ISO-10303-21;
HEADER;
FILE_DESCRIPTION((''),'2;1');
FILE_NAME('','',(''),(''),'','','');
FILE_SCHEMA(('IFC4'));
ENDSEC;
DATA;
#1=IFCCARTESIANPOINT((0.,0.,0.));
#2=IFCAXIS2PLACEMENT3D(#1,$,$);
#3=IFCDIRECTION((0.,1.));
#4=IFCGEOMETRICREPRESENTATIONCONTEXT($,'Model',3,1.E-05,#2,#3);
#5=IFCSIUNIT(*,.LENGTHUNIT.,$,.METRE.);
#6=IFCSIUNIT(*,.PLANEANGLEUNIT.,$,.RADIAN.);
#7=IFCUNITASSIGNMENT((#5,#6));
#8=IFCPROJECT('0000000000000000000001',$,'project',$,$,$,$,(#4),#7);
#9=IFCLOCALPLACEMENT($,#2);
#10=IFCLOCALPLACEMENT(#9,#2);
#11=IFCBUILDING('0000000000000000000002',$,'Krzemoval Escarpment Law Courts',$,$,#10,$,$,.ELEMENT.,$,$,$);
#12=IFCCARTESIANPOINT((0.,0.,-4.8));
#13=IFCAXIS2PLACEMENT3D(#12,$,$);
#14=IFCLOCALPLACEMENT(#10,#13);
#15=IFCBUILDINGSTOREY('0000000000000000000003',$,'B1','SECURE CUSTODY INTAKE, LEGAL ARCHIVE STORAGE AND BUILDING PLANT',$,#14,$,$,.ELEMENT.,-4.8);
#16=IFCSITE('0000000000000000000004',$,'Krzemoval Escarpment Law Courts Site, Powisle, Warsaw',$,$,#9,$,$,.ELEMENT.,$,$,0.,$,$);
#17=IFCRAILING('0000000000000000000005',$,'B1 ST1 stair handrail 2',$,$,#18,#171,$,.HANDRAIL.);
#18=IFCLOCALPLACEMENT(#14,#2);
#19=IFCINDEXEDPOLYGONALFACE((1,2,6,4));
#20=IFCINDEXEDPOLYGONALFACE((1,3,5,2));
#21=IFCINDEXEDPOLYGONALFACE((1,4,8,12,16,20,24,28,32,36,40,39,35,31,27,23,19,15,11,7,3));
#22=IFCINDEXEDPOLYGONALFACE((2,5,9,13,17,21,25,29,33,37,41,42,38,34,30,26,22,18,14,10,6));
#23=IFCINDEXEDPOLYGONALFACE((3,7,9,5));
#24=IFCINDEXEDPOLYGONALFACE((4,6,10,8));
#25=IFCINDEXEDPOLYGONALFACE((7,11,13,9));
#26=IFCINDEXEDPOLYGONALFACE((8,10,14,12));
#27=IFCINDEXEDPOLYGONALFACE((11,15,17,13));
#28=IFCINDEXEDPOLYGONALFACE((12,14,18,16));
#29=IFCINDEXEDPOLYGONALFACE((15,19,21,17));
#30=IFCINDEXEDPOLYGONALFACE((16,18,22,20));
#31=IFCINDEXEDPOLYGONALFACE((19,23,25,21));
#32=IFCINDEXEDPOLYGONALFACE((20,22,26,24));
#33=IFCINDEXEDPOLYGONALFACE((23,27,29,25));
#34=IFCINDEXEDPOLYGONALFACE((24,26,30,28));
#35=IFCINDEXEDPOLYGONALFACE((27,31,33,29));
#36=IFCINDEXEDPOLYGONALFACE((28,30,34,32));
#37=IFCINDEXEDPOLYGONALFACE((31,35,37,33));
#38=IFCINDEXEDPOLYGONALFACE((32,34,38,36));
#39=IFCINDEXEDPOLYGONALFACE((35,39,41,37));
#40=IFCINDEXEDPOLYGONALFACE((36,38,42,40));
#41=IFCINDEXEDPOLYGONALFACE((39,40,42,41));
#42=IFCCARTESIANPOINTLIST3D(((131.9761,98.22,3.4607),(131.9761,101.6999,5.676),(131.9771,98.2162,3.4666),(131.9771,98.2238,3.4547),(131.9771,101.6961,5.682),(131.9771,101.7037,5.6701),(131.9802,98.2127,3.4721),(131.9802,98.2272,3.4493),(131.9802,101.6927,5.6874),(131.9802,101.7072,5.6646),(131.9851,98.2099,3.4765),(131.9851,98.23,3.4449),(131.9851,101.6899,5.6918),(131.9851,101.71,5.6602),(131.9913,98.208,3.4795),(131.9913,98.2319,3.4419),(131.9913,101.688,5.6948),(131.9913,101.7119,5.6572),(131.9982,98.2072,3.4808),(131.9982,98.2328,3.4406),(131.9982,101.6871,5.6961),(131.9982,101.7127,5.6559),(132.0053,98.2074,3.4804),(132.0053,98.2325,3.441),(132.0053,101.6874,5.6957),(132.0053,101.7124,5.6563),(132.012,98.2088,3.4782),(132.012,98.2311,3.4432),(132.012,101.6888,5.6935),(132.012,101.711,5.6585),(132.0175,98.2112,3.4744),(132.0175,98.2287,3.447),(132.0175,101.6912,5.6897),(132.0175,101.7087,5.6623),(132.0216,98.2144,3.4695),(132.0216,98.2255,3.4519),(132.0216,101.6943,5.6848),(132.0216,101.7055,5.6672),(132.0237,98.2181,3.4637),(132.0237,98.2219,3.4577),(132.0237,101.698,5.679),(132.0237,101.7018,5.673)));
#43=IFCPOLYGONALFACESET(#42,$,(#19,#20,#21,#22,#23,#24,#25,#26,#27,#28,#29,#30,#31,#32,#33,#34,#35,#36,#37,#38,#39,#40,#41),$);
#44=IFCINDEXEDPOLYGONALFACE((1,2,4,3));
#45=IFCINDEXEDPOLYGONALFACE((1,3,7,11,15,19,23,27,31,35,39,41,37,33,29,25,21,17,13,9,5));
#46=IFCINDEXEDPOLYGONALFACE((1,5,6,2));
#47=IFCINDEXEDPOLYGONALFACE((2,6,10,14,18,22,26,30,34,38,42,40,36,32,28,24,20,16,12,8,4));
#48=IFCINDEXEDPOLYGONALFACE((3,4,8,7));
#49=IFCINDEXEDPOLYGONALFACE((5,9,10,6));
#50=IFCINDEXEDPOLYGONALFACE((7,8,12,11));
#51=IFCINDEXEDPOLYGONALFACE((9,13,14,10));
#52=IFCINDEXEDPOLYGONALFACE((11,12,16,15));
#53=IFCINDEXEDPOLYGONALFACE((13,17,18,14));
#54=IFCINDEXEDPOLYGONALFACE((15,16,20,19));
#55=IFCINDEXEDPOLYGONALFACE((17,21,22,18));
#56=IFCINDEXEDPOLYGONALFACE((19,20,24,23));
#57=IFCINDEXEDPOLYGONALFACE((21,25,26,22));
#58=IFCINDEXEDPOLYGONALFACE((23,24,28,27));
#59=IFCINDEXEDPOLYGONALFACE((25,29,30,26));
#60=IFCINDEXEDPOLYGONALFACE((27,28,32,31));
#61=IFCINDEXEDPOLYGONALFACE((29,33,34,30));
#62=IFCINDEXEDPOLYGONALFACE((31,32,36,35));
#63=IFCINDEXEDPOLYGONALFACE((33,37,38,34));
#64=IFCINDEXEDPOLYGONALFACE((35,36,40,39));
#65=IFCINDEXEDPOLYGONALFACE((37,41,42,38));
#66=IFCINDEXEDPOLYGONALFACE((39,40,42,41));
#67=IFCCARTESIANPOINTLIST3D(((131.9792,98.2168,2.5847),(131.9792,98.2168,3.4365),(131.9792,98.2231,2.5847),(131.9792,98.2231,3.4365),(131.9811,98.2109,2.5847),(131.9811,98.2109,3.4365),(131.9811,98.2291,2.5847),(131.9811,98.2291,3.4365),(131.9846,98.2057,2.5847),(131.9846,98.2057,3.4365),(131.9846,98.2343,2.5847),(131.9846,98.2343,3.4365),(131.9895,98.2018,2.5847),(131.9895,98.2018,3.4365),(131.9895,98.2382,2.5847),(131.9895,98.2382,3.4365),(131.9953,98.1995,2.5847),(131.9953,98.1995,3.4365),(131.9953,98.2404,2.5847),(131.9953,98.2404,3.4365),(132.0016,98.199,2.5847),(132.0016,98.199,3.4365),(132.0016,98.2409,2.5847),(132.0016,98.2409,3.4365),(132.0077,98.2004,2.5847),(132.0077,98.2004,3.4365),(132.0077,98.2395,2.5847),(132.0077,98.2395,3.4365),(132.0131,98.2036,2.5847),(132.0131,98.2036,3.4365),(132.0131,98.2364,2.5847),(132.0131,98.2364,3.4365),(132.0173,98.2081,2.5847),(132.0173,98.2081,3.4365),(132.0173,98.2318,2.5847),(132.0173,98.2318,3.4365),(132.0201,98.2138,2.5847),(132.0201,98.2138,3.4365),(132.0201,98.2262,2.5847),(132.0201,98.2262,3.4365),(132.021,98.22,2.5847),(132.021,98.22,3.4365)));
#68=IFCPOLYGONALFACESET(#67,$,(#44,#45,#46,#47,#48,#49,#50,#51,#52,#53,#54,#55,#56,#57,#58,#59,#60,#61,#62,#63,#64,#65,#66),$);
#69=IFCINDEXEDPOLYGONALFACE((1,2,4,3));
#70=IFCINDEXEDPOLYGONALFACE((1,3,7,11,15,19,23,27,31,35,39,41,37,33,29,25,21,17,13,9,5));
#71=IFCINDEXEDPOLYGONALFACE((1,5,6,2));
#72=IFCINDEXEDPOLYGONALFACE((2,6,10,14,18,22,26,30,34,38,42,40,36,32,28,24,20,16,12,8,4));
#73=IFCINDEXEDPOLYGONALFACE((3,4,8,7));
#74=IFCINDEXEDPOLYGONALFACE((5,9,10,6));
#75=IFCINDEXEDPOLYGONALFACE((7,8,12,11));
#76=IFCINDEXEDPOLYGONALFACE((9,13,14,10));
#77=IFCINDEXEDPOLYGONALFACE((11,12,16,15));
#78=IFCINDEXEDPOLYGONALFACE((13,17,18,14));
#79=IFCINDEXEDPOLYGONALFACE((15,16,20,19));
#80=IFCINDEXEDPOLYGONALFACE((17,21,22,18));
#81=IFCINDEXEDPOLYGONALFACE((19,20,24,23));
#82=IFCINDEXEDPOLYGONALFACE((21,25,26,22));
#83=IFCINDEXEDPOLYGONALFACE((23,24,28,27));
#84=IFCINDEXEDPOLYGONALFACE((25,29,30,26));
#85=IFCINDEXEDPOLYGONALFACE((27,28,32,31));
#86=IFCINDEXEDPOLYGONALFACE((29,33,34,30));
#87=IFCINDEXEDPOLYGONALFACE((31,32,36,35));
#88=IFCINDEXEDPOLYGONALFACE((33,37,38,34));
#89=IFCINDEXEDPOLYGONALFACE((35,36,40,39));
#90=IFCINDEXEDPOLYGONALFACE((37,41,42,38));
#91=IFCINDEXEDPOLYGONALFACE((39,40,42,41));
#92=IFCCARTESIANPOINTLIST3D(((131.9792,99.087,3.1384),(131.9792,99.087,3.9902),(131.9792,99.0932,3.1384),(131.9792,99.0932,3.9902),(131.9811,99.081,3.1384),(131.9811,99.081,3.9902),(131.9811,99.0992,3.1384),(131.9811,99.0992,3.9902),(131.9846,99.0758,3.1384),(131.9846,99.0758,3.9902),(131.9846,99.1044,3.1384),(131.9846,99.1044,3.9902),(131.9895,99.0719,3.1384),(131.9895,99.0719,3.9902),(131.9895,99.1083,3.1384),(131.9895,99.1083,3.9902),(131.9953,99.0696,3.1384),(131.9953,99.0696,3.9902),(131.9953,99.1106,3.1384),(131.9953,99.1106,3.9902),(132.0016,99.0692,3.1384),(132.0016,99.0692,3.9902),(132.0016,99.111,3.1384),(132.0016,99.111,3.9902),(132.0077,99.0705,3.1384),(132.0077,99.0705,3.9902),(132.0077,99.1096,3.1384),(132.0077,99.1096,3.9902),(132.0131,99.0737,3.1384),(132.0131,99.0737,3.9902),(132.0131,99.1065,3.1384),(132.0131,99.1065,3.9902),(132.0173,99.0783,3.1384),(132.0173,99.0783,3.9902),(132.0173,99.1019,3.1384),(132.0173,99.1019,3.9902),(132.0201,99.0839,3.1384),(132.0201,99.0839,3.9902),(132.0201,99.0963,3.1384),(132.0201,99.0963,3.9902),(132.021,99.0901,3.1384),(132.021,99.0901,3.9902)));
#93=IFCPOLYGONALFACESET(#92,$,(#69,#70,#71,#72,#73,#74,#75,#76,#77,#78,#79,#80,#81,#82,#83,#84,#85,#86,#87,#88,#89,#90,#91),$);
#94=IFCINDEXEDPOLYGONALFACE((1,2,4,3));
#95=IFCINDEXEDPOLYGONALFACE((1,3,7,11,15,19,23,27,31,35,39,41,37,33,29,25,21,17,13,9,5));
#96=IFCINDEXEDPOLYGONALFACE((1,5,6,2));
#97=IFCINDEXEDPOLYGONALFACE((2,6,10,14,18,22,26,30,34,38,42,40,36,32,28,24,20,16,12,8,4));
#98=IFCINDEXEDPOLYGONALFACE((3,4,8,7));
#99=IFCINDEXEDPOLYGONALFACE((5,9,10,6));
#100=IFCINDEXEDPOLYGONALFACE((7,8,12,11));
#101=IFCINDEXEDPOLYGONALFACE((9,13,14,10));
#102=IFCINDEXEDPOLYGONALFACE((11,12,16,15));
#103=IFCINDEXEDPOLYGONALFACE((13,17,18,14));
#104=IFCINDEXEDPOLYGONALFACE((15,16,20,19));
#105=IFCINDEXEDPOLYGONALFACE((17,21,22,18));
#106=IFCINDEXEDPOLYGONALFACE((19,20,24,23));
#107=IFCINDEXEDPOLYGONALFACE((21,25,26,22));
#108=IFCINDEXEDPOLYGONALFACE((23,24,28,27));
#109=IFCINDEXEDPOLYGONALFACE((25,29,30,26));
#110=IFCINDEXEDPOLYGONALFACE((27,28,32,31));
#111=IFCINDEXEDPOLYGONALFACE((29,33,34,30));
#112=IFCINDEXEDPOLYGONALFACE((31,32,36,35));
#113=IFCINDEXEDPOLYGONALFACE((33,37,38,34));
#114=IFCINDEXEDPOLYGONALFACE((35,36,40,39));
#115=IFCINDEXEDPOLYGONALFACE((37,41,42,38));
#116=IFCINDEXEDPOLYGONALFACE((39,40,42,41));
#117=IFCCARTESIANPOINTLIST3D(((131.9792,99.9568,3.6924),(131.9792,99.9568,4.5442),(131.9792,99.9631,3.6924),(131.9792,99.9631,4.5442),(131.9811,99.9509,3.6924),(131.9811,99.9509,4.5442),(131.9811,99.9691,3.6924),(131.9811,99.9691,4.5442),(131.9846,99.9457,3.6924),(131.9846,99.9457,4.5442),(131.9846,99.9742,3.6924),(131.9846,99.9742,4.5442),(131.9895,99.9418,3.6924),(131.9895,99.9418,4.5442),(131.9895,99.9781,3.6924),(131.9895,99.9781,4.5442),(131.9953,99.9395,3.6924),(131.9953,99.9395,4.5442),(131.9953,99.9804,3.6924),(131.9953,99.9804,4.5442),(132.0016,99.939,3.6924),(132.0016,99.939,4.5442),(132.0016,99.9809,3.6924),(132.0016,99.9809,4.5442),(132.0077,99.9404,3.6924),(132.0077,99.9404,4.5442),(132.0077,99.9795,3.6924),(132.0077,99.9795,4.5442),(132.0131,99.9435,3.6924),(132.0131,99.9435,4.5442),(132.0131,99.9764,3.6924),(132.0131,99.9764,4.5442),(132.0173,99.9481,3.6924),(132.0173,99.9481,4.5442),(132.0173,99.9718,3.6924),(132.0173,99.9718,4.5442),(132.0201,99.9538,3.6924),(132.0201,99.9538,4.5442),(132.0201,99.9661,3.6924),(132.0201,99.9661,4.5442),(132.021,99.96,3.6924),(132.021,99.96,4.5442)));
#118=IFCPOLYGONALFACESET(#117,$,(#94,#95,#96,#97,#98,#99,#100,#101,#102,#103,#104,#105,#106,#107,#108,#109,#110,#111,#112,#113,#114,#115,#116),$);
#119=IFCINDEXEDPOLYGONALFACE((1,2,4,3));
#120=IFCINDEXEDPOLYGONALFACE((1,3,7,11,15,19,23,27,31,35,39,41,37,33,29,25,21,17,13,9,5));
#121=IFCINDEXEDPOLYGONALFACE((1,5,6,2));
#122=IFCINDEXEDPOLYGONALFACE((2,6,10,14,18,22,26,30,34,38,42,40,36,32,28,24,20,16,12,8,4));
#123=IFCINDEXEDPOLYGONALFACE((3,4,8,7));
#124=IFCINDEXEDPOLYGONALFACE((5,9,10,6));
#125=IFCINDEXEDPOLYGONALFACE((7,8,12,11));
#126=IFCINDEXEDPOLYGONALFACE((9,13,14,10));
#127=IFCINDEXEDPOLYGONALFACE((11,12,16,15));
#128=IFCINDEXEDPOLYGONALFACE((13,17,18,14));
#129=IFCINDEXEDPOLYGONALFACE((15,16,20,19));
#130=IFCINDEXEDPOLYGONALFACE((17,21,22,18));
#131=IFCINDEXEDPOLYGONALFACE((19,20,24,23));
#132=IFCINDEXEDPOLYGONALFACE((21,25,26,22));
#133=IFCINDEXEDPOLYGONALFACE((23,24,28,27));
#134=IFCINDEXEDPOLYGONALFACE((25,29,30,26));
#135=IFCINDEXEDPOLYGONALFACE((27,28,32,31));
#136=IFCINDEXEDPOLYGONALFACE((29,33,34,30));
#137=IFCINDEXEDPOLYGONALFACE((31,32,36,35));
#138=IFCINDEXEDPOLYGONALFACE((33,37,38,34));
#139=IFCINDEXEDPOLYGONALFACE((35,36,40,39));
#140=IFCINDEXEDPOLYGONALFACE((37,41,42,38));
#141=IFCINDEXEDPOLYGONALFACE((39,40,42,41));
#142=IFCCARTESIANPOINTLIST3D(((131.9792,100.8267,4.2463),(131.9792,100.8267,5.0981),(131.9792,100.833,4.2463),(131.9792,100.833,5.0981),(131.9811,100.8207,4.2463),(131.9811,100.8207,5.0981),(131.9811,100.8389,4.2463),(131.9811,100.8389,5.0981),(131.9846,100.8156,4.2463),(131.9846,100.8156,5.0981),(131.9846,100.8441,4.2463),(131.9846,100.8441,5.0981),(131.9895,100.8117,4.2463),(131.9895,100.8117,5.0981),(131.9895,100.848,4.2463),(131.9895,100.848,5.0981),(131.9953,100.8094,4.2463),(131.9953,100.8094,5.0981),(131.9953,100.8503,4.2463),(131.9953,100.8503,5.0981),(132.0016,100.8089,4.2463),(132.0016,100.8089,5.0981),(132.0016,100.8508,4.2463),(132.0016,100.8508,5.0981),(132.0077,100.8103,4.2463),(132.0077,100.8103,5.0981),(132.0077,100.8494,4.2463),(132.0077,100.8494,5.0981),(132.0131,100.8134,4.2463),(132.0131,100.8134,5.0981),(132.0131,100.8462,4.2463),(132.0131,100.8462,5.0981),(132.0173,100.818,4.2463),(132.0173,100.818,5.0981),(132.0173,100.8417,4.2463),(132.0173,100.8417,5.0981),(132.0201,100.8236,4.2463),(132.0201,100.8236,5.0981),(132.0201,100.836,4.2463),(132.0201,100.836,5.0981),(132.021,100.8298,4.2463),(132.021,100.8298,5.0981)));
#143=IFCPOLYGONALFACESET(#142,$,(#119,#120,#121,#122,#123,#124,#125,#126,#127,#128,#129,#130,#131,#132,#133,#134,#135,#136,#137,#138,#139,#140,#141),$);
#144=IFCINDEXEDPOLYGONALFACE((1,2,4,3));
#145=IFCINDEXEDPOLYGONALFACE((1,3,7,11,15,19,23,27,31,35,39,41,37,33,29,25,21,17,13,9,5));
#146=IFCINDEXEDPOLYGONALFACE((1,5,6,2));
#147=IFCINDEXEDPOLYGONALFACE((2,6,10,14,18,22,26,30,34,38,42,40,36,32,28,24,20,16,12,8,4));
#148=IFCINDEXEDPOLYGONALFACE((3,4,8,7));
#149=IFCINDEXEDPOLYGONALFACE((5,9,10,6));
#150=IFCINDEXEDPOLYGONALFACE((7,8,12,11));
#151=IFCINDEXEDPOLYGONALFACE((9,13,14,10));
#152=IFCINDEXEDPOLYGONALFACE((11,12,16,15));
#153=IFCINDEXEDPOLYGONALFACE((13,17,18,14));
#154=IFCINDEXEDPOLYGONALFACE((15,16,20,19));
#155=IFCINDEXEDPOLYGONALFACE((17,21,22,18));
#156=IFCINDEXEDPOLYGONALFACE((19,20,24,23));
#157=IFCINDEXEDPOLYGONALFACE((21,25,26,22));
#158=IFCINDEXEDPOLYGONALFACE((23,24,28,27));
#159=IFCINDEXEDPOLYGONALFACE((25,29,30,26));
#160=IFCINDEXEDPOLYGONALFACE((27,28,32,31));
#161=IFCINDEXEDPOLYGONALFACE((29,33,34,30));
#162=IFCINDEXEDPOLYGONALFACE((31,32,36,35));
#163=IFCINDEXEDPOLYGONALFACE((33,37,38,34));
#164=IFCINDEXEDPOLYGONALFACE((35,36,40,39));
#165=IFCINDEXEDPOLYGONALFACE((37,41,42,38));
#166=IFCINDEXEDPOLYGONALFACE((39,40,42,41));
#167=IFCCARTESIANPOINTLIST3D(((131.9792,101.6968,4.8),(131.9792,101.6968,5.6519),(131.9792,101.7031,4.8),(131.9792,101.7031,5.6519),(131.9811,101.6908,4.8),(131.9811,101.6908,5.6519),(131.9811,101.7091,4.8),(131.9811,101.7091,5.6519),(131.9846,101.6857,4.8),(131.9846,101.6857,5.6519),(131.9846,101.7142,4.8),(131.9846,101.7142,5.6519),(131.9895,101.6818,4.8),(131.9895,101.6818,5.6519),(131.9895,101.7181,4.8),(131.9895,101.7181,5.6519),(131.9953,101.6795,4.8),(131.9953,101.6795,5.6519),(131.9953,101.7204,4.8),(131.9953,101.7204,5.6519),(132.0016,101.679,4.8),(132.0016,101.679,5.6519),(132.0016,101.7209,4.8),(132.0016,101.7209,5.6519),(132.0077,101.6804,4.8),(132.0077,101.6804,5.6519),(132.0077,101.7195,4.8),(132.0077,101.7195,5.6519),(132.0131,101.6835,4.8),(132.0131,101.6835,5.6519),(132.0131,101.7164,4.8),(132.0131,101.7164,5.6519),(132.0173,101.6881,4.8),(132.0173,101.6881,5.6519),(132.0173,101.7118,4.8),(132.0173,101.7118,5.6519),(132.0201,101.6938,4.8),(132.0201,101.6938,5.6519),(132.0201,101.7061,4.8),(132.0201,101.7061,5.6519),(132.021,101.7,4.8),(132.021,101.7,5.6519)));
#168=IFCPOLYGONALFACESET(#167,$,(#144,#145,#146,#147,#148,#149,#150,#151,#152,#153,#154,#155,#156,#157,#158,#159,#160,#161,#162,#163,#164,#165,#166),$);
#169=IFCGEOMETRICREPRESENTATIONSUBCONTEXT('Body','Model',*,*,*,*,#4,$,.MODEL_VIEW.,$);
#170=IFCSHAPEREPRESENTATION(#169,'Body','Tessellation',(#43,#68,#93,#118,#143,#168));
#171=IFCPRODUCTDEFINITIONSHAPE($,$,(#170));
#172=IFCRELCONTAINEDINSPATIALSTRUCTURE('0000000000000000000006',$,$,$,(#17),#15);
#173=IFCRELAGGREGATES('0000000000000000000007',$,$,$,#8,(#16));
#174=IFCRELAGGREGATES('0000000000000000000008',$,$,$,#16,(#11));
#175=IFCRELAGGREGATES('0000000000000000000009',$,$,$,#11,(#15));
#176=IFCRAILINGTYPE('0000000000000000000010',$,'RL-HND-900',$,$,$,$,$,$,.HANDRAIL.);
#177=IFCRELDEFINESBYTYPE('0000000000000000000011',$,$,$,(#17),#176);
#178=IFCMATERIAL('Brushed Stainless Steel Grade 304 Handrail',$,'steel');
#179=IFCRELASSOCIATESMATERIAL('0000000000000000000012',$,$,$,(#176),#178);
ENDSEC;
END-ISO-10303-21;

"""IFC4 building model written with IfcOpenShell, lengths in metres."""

from ifc_helpers import new_model, si_unit, direction, frame, origin, origin_2d, place, context, subcontext, project, spatial, circle, extrude, material, type_object, element, save


model = new_model("IFC4")

# Units and contexts
model_context = context("Model", 3, precision=1e-05, world=origin(), true_north=direction((0.0, 1.0)))
body_context = subcontext(model_context, "Body", "Model", "MODEL_VIEW")
ifc_project = project(units=[si_unit("LENGTHUNIT", "METRE"), si_unit("PLANEANGLEUNIT", "RADIAN")], contexts=[model_context])

# Site, building, storey
site_placement = place(None, origin())
site = spatial("IfcSite", under=ifc_project, at=site_placement, Name="Krzemoval Escarpment Law Courts Site, Powisle, Warsaw", CompositionType="ELEMENT", RefElevation=0.0)
building_placement = place(site_placement, origin())
building = spatial("IfcBuilding", under=site, at=building_placement, Name="Krzemoval Escarpment Law Courts", CompositionType="ELEMENT")
storey_placement = place(building_placement, frame((0.0, 0.0, -4.8)))
storey = spatial("IfcBuildingStorey", under=building, at=storey_placement, Name="B1", Description="SECURE CUSTODY INTAKE, LEGAL ARCHIVE STORAGE AND BUILDING PLANT", CompositionType="ELEMENT", Elevation=-4.8)

# Railing
ifc_material_1 = material(Name="Brushed Stainless Steel Grade 304 Handrail", Category="steel")
railing_type_1 = type_object("IfcRailingType", Name="RL-HND-900", PredefinedType="HANDRAIL", material=ifc_material_1)
railing_1_placement = place(storey_placement, frame((132.0, 98.22, 2.5847)))
element("IfcRailing", 1, at=railing_1_placement, inside=storey, type_object=railing_type_1, Name="B1 ST1 stair handrail 2", PredefinedType="HANDRAIL", context=body_context, shape_type="SweptSolid", body=[
    extrude(circle(Radius=0.0239, at=origin_2d()), frame((0.0, 0.0, 0.876), z_axis=(0.0, 0.843574, 0.537013), x_axis=(-1.0, 0.0, 0.0)), (0.0, 0.0, 1.0), 4.1252),
    extrude(circle(Radius=0.021, at=origin_2d()), origin(), (0.0, 0.0, 1.0), 0.8518),
    extrude(circle(Radius=0.021, at=origin_2d()), frame((0.0, 0.8701, 0.5537)), (0.0, 0.0, 1.0), 0.8518),
    extrude(circle(Radius=0.021, at=origin_2d()), frame((0.0, 1.74, 1.1077)), (0.0, 0.0, 1.0), 0.8518),
    extrude(circle(Radius=0.021, at=origin_2d()), frame((0.0, 2.6099, 1.6616)), (0.0, 0.0, 1.0), 0.8518),
    extrude(circle(Radius=0.021, at=origin_2d()), frame((0.0, 3.48, 2.2153)), (0.0, 0.0, 1.0), 0.8518),
])

save(model, "model.ifc")
